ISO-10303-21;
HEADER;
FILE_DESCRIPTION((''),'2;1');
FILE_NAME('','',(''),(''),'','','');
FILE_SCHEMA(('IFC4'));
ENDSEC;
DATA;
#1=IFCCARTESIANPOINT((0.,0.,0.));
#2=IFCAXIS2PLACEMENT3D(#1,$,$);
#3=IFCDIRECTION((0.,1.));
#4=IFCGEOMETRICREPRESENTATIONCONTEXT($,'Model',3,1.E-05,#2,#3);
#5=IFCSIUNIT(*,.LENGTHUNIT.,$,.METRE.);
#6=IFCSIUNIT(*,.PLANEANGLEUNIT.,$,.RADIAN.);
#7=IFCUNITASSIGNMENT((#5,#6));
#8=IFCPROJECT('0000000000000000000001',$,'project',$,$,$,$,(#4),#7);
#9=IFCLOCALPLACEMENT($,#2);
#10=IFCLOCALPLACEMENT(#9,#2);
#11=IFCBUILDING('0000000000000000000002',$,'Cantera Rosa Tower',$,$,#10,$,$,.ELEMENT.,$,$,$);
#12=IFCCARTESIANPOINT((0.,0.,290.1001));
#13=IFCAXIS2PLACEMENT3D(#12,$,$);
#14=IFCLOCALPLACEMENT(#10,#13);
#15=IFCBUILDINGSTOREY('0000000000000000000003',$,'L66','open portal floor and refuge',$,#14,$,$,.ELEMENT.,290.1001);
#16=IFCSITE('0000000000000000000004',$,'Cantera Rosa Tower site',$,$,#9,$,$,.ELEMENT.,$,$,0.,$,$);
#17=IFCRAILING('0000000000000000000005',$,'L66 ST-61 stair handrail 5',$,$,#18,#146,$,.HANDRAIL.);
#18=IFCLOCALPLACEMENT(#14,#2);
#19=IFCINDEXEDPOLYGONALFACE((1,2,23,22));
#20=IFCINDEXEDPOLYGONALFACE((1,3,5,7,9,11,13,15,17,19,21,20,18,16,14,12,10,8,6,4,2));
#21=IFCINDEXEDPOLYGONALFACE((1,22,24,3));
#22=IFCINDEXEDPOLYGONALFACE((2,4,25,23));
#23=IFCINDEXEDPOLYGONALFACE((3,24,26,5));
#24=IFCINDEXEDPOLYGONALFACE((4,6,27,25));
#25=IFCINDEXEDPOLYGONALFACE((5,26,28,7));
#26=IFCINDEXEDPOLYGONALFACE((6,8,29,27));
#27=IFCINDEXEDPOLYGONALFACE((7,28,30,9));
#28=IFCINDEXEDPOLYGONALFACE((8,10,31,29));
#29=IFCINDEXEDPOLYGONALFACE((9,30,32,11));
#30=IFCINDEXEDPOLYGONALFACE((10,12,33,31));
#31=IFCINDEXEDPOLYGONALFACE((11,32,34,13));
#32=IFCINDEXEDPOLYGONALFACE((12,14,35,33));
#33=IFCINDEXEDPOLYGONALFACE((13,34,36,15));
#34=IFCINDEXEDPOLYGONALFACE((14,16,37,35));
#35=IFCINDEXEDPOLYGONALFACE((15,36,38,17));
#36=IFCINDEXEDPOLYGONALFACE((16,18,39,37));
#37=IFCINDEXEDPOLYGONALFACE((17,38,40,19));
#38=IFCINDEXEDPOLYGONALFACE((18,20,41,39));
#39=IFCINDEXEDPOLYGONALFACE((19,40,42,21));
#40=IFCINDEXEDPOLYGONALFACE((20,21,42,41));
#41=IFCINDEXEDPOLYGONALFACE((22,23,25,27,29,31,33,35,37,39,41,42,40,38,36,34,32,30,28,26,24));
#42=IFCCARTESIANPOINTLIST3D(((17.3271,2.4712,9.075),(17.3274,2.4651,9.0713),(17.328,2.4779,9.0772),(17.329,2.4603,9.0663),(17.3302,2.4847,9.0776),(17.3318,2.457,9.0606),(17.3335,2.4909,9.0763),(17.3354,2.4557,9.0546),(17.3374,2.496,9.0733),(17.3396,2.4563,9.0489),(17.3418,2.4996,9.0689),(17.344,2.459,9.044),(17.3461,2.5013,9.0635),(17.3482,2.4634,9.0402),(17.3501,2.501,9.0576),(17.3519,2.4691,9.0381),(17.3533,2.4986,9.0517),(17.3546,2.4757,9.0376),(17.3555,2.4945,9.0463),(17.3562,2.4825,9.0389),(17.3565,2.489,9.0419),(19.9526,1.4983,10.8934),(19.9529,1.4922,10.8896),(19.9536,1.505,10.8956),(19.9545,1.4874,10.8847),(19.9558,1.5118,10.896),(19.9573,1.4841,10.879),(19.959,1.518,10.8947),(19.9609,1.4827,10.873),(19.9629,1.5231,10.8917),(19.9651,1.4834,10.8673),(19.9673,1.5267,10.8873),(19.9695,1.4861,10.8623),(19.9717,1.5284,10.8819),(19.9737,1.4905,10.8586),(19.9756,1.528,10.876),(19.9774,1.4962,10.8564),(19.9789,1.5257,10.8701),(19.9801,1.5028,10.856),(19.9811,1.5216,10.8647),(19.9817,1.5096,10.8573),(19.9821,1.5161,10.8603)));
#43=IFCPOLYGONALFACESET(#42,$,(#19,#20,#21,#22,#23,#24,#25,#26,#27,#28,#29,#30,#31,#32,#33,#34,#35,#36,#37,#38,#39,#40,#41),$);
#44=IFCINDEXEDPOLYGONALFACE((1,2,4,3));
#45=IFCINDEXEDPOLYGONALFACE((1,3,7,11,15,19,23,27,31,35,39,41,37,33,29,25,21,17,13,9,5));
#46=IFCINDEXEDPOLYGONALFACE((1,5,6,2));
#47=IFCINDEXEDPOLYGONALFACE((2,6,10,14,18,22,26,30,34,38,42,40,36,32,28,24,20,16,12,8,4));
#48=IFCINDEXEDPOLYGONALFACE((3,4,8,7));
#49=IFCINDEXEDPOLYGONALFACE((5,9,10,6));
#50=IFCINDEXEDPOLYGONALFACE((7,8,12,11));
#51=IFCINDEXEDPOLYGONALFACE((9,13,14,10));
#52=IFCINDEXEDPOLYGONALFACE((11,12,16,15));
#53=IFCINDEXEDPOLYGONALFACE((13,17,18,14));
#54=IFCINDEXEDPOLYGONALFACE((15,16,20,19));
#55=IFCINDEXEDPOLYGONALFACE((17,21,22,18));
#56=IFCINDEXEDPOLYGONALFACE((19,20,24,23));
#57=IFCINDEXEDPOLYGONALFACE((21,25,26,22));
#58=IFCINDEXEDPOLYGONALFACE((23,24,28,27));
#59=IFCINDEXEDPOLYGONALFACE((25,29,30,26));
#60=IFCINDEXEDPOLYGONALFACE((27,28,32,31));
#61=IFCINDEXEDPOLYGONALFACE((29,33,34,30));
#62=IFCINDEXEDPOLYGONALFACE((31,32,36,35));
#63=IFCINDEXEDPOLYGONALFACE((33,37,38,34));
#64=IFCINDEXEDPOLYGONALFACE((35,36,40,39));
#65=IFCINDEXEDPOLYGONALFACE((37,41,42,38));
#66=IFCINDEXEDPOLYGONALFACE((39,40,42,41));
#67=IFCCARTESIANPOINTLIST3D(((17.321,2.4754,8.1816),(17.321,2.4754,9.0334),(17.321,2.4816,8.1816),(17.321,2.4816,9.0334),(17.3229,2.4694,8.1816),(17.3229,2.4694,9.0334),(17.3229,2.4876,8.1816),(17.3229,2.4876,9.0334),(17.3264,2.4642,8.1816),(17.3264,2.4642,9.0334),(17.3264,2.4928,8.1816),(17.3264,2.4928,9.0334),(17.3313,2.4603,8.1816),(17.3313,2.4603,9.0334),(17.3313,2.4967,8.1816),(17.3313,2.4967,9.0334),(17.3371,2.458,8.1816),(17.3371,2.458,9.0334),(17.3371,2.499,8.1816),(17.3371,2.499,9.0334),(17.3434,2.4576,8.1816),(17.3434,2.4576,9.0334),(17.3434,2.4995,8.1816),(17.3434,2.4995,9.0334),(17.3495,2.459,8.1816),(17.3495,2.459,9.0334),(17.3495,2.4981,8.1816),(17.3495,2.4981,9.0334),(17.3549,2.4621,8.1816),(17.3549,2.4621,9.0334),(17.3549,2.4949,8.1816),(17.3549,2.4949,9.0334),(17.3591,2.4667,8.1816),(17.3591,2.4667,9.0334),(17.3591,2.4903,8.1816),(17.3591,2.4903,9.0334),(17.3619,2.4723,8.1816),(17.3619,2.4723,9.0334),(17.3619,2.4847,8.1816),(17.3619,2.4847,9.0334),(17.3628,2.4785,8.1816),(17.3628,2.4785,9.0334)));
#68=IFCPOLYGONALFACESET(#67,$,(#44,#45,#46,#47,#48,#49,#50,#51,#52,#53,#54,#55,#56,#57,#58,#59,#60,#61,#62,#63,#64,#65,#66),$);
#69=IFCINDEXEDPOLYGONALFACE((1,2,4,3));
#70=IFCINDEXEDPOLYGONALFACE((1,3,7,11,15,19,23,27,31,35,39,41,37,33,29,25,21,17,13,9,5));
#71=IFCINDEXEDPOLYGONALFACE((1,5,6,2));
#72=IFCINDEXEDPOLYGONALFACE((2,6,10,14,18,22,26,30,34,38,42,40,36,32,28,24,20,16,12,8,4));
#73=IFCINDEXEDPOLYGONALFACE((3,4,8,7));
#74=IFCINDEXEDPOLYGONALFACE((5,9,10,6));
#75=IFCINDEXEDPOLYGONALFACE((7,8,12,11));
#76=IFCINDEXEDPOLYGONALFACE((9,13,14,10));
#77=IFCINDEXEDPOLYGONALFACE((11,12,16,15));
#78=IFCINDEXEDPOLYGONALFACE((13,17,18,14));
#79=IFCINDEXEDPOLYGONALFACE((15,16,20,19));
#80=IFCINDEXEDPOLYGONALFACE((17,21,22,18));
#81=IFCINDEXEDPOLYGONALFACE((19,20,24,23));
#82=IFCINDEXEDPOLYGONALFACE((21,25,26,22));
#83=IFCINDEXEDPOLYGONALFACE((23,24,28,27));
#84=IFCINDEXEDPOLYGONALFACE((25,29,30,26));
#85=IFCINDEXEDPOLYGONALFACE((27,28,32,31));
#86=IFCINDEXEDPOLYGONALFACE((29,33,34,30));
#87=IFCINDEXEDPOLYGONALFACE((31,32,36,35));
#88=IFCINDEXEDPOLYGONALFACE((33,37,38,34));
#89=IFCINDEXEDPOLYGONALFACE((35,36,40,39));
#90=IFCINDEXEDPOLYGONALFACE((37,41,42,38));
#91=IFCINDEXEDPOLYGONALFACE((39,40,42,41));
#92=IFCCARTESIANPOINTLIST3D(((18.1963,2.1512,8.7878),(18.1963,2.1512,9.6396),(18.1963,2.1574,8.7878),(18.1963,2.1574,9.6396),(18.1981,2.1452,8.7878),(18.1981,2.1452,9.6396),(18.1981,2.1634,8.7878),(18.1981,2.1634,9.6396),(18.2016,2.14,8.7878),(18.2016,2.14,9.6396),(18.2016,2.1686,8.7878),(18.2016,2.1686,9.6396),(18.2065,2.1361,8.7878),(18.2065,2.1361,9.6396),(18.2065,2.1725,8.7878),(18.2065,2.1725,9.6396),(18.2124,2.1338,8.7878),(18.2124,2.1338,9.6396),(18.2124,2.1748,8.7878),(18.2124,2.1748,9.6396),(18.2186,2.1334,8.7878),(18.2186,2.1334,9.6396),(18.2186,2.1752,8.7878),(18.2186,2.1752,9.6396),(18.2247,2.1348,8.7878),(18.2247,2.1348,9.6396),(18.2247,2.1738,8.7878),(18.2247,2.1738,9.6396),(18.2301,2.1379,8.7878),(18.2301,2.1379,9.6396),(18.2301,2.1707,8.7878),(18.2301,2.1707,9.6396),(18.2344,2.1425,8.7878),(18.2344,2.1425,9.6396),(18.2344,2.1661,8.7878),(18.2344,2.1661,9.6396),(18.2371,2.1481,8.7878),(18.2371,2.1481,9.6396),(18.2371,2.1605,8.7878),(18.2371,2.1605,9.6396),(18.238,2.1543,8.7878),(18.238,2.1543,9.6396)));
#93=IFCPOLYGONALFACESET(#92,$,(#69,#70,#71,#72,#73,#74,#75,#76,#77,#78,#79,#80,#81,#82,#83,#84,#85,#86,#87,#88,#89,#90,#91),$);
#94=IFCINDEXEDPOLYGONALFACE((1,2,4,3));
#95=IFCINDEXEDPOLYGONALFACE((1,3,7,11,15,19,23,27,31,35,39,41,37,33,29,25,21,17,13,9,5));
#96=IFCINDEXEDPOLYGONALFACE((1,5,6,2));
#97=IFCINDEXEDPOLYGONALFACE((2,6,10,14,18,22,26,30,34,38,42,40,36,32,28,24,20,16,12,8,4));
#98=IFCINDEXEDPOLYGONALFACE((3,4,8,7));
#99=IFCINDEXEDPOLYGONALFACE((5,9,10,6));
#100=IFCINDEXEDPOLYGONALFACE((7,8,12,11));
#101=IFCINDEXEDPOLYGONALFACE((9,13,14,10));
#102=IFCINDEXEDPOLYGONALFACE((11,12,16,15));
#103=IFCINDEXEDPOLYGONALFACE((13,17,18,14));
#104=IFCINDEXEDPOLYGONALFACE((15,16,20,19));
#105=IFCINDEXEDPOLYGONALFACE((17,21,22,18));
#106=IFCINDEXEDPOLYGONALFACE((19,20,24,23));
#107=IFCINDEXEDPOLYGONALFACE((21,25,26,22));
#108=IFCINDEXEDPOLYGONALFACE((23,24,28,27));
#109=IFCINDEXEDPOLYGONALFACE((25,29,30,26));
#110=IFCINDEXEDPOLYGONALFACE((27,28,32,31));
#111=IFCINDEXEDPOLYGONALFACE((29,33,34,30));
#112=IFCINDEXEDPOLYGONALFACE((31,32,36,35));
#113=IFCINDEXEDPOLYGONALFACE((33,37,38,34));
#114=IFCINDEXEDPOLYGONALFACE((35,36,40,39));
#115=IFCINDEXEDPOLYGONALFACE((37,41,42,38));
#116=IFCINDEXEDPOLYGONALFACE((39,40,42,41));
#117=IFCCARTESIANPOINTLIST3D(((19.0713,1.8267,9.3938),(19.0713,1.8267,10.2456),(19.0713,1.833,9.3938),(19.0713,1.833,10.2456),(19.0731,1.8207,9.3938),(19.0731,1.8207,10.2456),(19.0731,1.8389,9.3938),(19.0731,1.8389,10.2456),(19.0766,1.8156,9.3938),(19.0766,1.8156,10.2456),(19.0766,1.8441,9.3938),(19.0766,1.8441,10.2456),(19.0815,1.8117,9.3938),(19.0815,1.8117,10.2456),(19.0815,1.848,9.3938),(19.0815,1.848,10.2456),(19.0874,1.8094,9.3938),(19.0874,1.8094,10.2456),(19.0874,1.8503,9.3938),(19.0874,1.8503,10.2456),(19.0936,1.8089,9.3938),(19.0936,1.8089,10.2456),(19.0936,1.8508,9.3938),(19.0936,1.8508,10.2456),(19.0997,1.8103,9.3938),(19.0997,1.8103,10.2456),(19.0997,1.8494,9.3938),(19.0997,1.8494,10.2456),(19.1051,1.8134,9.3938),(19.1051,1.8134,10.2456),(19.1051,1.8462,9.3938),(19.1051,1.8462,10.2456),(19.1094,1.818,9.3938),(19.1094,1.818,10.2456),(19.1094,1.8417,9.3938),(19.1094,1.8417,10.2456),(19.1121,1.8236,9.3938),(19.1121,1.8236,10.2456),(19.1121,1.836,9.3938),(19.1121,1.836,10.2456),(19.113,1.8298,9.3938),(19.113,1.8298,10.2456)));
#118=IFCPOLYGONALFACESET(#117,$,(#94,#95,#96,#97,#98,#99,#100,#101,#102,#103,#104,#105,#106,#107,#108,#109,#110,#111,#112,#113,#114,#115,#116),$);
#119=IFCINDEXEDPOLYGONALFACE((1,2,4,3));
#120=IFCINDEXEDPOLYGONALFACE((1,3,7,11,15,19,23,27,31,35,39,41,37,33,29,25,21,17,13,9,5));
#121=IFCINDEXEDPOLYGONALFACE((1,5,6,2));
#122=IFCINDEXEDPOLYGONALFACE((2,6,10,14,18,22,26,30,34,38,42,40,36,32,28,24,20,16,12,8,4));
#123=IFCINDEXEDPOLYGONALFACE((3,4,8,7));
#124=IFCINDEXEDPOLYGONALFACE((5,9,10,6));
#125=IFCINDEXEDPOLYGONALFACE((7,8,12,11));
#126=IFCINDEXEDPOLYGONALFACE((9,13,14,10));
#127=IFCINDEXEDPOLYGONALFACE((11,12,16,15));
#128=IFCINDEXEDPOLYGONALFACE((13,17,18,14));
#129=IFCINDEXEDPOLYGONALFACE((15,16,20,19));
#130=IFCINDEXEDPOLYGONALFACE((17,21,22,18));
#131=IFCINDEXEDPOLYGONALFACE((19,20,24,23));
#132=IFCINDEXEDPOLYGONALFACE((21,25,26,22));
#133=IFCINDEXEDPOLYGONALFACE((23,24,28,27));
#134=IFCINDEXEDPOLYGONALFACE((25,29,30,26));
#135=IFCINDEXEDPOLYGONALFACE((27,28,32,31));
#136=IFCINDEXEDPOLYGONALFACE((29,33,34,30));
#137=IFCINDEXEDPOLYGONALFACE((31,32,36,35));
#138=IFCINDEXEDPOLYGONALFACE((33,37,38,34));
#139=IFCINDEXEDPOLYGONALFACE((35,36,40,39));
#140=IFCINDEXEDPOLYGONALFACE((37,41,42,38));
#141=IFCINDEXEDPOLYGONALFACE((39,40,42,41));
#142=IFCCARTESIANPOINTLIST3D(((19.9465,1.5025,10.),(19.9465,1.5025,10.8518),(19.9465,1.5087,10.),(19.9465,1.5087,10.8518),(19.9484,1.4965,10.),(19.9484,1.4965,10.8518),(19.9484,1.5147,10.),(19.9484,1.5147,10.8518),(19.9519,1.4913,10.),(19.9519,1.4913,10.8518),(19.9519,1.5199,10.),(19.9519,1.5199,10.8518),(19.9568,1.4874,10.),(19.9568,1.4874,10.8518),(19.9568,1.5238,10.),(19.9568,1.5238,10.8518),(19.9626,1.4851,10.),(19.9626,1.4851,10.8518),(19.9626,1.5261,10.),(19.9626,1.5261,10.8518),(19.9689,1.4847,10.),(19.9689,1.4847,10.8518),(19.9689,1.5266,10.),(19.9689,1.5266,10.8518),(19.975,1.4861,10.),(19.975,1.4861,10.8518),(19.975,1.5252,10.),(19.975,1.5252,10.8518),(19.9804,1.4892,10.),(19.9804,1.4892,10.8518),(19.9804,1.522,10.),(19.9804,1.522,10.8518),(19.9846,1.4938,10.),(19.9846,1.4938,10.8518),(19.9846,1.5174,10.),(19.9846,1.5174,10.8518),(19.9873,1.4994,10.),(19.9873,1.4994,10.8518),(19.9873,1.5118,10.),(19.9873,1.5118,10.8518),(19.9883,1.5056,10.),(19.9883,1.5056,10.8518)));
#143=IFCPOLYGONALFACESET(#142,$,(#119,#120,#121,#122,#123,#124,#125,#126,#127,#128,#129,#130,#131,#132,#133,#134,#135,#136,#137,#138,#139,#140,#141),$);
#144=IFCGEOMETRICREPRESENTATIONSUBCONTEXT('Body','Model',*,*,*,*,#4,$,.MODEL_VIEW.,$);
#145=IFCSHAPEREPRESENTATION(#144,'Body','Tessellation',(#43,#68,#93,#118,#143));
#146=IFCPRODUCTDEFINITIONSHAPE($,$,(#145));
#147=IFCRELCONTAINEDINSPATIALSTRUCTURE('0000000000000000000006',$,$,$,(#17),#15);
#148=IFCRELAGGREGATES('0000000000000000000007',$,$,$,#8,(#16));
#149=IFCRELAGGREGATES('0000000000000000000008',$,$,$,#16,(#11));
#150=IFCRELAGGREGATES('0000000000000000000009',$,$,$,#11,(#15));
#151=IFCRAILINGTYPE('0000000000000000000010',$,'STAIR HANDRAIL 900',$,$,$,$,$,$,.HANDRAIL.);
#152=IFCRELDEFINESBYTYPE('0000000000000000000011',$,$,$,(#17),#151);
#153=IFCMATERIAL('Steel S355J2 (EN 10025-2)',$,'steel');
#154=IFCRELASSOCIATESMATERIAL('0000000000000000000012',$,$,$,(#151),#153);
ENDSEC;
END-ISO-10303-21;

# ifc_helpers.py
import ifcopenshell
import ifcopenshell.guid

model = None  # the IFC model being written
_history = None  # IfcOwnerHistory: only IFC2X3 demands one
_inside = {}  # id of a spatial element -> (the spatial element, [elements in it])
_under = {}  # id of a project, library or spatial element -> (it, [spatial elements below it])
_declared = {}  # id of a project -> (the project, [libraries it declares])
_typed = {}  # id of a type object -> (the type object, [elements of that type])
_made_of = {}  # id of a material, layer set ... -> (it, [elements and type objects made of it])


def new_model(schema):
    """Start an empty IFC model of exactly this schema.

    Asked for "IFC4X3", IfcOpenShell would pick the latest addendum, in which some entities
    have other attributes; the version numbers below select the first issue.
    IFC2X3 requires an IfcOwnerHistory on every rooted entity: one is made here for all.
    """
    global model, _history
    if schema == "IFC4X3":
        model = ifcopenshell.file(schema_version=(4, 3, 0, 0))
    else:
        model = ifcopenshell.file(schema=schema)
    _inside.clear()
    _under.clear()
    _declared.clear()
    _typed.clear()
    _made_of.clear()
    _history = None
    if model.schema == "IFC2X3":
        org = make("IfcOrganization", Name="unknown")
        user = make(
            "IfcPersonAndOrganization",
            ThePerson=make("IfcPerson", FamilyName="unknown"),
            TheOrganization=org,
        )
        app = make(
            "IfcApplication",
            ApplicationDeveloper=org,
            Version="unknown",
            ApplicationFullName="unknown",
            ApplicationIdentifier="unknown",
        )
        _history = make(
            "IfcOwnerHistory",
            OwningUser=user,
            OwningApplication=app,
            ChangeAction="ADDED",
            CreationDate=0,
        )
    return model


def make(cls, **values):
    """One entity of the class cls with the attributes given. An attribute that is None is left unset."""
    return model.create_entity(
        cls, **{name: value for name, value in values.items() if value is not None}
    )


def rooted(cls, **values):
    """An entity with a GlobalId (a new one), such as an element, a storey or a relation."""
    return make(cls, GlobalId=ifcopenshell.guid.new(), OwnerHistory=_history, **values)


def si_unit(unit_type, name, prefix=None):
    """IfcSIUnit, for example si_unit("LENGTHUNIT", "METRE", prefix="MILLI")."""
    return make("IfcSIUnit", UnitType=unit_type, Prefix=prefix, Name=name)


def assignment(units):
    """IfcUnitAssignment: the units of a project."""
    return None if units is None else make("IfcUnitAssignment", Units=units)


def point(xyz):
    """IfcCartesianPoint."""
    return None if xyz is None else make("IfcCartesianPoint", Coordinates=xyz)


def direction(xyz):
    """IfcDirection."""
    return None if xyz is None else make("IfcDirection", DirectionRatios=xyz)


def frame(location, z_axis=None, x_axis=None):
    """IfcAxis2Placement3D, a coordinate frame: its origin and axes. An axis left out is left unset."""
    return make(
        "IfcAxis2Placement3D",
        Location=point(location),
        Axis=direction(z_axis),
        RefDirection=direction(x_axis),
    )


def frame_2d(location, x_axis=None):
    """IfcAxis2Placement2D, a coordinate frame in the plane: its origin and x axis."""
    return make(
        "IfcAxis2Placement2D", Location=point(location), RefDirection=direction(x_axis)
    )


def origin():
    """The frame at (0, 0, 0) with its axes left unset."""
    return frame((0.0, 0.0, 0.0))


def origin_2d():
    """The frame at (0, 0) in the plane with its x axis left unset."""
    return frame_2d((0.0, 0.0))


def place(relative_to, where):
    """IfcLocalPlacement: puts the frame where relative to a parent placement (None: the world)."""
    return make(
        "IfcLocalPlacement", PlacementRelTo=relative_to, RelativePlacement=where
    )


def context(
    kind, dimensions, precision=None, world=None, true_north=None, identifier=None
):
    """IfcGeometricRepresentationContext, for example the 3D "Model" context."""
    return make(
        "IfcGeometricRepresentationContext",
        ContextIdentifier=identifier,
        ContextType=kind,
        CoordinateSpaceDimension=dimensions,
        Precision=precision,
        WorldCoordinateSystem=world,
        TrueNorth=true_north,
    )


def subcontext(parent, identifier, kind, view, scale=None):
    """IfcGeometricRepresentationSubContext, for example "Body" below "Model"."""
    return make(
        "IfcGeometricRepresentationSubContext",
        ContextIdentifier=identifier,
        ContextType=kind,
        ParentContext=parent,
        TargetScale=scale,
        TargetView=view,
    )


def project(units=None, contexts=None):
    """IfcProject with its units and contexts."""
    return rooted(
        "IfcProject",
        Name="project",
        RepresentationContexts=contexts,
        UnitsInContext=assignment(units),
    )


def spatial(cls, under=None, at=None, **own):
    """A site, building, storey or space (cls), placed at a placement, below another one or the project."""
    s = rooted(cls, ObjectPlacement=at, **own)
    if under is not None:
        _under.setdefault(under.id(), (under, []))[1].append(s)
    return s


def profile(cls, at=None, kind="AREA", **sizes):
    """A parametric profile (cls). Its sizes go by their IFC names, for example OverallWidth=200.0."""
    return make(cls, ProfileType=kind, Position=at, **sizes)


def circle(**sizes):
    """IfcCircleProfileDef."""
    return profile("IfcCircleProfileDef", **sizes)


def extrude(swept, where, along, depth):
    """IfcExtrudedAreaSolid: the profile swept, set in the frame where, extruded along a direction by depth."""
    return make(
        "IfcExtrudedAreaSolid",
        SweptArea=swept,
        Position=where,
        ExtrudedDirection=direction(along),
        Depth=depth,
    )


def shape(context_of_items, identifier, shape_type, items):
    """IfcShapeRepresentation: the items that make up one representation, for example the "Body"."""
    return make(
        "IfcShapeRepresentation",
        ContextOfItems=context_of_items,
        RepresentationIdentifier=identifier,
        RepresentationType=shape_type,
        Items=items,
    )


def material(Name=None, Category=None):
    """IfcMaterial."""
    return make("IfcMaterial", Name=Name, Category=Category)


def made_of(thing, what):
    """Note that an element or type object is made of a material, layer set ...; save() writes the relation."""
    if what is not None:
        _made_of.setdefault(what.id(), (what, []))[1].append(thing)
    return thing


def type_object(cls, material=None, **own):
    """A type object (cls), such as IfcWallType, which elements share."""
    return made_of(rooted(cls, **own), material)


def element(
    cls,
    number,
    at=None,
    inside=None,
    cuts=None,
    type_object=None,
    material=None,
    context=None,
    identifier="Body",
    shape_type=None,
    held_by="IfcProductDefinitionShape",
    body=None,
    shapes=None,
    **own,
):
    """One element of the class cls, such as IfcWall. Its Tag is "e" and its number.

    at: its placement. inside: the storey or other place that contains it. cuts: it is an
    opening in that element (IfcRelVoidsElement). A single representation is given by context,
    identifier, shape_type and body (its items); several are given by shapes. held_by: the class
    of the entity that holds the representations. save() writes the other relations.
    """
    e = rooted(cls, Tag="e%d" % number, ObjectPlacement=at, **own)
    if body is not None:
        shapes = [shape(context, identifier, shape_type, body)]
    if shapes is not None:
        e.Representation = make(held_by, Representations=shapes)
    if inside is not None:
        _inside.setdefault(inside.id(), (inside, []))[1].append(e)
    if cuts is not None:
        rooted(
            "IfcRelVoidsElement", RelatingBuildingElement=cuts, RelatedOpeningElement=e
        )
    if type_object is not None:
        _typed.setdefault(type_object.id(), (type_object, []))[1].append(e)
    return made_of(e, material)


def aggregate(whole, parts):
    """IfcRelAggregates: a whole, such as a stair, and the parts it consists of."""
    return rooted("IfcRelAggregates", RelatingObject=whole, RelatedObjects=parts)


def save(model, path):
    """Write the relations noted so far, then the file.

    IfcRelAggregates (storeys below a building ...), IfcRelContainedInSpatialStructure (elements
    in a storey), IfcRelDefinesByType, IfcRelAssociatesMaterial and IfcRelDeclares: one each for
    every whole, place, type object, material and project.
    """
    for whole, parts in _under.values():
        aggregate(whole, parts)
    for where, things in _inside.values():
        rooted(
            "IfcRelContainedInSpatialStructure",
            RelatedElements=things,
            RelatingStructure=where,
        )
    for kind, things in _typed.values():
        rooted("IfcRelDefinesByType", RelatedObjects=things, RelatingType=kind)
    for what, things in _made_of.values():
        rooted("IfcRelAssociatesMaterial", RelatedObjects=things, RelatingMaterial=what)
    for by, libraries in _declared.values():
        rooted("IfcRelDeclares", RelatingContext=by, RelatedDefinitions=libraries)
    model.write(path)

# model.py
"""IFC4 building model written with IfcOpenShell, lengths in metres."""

from ifc_helpers import new_model, si_unit, direction, frame, origin, origin_2d, place, context, subcontext, project, spatial, circle, extrude, material, type_object, element, save


model = new_model("IFC4")

# Units and contexts
model_context = context("Model", 3, precision=1e-05, world=origin(), true_north=direction((0.0, 1.0)))
body_context = subcontext(model_context, "Body", "Model", "MODEL_VIEW")
ifc_project = project(units=[si_unit("LENGTHUNIT", "METRE"), si_unit("PLANEANGLEUNIT", "RADIAN")], contexts=[model_context])

# Site, building, storey
site_placement = place(None, origin())
site = spatial("IfcSite", under=ifc_project, at=site_placement, Name="Cantera Rosa Tower site", CompositionType="ELEMENT", RefElevation=0.0)
building_placement = place(site_placement, origin())
building = spatial("IfcBuilding", under=site, at=building_placement, Name="Cantera Rosa Tower", CompositionType="ELEMENT")
storey_placement = place(building_placement, frame((0.0, 0.0, 290.1001)))
storey = spatial("IfcBuildingStorey", under=building, at=storey_placement, Name="L66", Description="open portal floor and refuge", CompositionType="ELEMENT", Elevation=290.1001)

# Railing
ifc_material_1 = material(Name="Steel S355J2 (EN 10025-2)", Category="steel")
railing_type_1 = type_object("IfcRailingType", Name="STAIR HANDRAIL 900", PredefinedType="HANDRAIL", material=ifc_material_1)
railing_1_placement = place(storey_placement, frame((17.3418, 2.4785, 8.1816)))
element("IfcRailing", 1, at=railing_1_placement, inside=storey, type_object=railing_type_1, Name="L66 ST-61 stair handrail 5", PredefinedType="HANDRAIL", context=body_context, shape_type="SweptSolid", body=[
    extrude(circle(Radius=0.0239, at=origin_2d()), frame((0.0, 0.0, 0.876), z_axis=(0.786407, -0.291411, 0.54465), x_axis=(0.347471, 0.937691, 0.0)), (0.0, 0.0, 1.0), 3.3386),
    extrude(circle(Radius=0.021, at=origin_2d()), origin(), (0.0, 0.0, 1.0), 0.8518),
    extrude(circle(Radius=0.021, at=origin_2d()), frame((0.8752, -0.3242, 0.6062)), (0.0, 0.0, 1.0), 0.8518),
    extrude(circle(Radius=0.021, at=origin_2d()), frame((1.7502, -0.6487, 1.2122)), (0.0, 0.0, 1.0), 0.8518),
    extrude(circle(Radius=0.021, at=origin_2d()), frame((2.6255, -0.9729, 1.8184)), (0.0, 0.0, 1.0), 0.8518),
])

save(model, "model.ifc")
